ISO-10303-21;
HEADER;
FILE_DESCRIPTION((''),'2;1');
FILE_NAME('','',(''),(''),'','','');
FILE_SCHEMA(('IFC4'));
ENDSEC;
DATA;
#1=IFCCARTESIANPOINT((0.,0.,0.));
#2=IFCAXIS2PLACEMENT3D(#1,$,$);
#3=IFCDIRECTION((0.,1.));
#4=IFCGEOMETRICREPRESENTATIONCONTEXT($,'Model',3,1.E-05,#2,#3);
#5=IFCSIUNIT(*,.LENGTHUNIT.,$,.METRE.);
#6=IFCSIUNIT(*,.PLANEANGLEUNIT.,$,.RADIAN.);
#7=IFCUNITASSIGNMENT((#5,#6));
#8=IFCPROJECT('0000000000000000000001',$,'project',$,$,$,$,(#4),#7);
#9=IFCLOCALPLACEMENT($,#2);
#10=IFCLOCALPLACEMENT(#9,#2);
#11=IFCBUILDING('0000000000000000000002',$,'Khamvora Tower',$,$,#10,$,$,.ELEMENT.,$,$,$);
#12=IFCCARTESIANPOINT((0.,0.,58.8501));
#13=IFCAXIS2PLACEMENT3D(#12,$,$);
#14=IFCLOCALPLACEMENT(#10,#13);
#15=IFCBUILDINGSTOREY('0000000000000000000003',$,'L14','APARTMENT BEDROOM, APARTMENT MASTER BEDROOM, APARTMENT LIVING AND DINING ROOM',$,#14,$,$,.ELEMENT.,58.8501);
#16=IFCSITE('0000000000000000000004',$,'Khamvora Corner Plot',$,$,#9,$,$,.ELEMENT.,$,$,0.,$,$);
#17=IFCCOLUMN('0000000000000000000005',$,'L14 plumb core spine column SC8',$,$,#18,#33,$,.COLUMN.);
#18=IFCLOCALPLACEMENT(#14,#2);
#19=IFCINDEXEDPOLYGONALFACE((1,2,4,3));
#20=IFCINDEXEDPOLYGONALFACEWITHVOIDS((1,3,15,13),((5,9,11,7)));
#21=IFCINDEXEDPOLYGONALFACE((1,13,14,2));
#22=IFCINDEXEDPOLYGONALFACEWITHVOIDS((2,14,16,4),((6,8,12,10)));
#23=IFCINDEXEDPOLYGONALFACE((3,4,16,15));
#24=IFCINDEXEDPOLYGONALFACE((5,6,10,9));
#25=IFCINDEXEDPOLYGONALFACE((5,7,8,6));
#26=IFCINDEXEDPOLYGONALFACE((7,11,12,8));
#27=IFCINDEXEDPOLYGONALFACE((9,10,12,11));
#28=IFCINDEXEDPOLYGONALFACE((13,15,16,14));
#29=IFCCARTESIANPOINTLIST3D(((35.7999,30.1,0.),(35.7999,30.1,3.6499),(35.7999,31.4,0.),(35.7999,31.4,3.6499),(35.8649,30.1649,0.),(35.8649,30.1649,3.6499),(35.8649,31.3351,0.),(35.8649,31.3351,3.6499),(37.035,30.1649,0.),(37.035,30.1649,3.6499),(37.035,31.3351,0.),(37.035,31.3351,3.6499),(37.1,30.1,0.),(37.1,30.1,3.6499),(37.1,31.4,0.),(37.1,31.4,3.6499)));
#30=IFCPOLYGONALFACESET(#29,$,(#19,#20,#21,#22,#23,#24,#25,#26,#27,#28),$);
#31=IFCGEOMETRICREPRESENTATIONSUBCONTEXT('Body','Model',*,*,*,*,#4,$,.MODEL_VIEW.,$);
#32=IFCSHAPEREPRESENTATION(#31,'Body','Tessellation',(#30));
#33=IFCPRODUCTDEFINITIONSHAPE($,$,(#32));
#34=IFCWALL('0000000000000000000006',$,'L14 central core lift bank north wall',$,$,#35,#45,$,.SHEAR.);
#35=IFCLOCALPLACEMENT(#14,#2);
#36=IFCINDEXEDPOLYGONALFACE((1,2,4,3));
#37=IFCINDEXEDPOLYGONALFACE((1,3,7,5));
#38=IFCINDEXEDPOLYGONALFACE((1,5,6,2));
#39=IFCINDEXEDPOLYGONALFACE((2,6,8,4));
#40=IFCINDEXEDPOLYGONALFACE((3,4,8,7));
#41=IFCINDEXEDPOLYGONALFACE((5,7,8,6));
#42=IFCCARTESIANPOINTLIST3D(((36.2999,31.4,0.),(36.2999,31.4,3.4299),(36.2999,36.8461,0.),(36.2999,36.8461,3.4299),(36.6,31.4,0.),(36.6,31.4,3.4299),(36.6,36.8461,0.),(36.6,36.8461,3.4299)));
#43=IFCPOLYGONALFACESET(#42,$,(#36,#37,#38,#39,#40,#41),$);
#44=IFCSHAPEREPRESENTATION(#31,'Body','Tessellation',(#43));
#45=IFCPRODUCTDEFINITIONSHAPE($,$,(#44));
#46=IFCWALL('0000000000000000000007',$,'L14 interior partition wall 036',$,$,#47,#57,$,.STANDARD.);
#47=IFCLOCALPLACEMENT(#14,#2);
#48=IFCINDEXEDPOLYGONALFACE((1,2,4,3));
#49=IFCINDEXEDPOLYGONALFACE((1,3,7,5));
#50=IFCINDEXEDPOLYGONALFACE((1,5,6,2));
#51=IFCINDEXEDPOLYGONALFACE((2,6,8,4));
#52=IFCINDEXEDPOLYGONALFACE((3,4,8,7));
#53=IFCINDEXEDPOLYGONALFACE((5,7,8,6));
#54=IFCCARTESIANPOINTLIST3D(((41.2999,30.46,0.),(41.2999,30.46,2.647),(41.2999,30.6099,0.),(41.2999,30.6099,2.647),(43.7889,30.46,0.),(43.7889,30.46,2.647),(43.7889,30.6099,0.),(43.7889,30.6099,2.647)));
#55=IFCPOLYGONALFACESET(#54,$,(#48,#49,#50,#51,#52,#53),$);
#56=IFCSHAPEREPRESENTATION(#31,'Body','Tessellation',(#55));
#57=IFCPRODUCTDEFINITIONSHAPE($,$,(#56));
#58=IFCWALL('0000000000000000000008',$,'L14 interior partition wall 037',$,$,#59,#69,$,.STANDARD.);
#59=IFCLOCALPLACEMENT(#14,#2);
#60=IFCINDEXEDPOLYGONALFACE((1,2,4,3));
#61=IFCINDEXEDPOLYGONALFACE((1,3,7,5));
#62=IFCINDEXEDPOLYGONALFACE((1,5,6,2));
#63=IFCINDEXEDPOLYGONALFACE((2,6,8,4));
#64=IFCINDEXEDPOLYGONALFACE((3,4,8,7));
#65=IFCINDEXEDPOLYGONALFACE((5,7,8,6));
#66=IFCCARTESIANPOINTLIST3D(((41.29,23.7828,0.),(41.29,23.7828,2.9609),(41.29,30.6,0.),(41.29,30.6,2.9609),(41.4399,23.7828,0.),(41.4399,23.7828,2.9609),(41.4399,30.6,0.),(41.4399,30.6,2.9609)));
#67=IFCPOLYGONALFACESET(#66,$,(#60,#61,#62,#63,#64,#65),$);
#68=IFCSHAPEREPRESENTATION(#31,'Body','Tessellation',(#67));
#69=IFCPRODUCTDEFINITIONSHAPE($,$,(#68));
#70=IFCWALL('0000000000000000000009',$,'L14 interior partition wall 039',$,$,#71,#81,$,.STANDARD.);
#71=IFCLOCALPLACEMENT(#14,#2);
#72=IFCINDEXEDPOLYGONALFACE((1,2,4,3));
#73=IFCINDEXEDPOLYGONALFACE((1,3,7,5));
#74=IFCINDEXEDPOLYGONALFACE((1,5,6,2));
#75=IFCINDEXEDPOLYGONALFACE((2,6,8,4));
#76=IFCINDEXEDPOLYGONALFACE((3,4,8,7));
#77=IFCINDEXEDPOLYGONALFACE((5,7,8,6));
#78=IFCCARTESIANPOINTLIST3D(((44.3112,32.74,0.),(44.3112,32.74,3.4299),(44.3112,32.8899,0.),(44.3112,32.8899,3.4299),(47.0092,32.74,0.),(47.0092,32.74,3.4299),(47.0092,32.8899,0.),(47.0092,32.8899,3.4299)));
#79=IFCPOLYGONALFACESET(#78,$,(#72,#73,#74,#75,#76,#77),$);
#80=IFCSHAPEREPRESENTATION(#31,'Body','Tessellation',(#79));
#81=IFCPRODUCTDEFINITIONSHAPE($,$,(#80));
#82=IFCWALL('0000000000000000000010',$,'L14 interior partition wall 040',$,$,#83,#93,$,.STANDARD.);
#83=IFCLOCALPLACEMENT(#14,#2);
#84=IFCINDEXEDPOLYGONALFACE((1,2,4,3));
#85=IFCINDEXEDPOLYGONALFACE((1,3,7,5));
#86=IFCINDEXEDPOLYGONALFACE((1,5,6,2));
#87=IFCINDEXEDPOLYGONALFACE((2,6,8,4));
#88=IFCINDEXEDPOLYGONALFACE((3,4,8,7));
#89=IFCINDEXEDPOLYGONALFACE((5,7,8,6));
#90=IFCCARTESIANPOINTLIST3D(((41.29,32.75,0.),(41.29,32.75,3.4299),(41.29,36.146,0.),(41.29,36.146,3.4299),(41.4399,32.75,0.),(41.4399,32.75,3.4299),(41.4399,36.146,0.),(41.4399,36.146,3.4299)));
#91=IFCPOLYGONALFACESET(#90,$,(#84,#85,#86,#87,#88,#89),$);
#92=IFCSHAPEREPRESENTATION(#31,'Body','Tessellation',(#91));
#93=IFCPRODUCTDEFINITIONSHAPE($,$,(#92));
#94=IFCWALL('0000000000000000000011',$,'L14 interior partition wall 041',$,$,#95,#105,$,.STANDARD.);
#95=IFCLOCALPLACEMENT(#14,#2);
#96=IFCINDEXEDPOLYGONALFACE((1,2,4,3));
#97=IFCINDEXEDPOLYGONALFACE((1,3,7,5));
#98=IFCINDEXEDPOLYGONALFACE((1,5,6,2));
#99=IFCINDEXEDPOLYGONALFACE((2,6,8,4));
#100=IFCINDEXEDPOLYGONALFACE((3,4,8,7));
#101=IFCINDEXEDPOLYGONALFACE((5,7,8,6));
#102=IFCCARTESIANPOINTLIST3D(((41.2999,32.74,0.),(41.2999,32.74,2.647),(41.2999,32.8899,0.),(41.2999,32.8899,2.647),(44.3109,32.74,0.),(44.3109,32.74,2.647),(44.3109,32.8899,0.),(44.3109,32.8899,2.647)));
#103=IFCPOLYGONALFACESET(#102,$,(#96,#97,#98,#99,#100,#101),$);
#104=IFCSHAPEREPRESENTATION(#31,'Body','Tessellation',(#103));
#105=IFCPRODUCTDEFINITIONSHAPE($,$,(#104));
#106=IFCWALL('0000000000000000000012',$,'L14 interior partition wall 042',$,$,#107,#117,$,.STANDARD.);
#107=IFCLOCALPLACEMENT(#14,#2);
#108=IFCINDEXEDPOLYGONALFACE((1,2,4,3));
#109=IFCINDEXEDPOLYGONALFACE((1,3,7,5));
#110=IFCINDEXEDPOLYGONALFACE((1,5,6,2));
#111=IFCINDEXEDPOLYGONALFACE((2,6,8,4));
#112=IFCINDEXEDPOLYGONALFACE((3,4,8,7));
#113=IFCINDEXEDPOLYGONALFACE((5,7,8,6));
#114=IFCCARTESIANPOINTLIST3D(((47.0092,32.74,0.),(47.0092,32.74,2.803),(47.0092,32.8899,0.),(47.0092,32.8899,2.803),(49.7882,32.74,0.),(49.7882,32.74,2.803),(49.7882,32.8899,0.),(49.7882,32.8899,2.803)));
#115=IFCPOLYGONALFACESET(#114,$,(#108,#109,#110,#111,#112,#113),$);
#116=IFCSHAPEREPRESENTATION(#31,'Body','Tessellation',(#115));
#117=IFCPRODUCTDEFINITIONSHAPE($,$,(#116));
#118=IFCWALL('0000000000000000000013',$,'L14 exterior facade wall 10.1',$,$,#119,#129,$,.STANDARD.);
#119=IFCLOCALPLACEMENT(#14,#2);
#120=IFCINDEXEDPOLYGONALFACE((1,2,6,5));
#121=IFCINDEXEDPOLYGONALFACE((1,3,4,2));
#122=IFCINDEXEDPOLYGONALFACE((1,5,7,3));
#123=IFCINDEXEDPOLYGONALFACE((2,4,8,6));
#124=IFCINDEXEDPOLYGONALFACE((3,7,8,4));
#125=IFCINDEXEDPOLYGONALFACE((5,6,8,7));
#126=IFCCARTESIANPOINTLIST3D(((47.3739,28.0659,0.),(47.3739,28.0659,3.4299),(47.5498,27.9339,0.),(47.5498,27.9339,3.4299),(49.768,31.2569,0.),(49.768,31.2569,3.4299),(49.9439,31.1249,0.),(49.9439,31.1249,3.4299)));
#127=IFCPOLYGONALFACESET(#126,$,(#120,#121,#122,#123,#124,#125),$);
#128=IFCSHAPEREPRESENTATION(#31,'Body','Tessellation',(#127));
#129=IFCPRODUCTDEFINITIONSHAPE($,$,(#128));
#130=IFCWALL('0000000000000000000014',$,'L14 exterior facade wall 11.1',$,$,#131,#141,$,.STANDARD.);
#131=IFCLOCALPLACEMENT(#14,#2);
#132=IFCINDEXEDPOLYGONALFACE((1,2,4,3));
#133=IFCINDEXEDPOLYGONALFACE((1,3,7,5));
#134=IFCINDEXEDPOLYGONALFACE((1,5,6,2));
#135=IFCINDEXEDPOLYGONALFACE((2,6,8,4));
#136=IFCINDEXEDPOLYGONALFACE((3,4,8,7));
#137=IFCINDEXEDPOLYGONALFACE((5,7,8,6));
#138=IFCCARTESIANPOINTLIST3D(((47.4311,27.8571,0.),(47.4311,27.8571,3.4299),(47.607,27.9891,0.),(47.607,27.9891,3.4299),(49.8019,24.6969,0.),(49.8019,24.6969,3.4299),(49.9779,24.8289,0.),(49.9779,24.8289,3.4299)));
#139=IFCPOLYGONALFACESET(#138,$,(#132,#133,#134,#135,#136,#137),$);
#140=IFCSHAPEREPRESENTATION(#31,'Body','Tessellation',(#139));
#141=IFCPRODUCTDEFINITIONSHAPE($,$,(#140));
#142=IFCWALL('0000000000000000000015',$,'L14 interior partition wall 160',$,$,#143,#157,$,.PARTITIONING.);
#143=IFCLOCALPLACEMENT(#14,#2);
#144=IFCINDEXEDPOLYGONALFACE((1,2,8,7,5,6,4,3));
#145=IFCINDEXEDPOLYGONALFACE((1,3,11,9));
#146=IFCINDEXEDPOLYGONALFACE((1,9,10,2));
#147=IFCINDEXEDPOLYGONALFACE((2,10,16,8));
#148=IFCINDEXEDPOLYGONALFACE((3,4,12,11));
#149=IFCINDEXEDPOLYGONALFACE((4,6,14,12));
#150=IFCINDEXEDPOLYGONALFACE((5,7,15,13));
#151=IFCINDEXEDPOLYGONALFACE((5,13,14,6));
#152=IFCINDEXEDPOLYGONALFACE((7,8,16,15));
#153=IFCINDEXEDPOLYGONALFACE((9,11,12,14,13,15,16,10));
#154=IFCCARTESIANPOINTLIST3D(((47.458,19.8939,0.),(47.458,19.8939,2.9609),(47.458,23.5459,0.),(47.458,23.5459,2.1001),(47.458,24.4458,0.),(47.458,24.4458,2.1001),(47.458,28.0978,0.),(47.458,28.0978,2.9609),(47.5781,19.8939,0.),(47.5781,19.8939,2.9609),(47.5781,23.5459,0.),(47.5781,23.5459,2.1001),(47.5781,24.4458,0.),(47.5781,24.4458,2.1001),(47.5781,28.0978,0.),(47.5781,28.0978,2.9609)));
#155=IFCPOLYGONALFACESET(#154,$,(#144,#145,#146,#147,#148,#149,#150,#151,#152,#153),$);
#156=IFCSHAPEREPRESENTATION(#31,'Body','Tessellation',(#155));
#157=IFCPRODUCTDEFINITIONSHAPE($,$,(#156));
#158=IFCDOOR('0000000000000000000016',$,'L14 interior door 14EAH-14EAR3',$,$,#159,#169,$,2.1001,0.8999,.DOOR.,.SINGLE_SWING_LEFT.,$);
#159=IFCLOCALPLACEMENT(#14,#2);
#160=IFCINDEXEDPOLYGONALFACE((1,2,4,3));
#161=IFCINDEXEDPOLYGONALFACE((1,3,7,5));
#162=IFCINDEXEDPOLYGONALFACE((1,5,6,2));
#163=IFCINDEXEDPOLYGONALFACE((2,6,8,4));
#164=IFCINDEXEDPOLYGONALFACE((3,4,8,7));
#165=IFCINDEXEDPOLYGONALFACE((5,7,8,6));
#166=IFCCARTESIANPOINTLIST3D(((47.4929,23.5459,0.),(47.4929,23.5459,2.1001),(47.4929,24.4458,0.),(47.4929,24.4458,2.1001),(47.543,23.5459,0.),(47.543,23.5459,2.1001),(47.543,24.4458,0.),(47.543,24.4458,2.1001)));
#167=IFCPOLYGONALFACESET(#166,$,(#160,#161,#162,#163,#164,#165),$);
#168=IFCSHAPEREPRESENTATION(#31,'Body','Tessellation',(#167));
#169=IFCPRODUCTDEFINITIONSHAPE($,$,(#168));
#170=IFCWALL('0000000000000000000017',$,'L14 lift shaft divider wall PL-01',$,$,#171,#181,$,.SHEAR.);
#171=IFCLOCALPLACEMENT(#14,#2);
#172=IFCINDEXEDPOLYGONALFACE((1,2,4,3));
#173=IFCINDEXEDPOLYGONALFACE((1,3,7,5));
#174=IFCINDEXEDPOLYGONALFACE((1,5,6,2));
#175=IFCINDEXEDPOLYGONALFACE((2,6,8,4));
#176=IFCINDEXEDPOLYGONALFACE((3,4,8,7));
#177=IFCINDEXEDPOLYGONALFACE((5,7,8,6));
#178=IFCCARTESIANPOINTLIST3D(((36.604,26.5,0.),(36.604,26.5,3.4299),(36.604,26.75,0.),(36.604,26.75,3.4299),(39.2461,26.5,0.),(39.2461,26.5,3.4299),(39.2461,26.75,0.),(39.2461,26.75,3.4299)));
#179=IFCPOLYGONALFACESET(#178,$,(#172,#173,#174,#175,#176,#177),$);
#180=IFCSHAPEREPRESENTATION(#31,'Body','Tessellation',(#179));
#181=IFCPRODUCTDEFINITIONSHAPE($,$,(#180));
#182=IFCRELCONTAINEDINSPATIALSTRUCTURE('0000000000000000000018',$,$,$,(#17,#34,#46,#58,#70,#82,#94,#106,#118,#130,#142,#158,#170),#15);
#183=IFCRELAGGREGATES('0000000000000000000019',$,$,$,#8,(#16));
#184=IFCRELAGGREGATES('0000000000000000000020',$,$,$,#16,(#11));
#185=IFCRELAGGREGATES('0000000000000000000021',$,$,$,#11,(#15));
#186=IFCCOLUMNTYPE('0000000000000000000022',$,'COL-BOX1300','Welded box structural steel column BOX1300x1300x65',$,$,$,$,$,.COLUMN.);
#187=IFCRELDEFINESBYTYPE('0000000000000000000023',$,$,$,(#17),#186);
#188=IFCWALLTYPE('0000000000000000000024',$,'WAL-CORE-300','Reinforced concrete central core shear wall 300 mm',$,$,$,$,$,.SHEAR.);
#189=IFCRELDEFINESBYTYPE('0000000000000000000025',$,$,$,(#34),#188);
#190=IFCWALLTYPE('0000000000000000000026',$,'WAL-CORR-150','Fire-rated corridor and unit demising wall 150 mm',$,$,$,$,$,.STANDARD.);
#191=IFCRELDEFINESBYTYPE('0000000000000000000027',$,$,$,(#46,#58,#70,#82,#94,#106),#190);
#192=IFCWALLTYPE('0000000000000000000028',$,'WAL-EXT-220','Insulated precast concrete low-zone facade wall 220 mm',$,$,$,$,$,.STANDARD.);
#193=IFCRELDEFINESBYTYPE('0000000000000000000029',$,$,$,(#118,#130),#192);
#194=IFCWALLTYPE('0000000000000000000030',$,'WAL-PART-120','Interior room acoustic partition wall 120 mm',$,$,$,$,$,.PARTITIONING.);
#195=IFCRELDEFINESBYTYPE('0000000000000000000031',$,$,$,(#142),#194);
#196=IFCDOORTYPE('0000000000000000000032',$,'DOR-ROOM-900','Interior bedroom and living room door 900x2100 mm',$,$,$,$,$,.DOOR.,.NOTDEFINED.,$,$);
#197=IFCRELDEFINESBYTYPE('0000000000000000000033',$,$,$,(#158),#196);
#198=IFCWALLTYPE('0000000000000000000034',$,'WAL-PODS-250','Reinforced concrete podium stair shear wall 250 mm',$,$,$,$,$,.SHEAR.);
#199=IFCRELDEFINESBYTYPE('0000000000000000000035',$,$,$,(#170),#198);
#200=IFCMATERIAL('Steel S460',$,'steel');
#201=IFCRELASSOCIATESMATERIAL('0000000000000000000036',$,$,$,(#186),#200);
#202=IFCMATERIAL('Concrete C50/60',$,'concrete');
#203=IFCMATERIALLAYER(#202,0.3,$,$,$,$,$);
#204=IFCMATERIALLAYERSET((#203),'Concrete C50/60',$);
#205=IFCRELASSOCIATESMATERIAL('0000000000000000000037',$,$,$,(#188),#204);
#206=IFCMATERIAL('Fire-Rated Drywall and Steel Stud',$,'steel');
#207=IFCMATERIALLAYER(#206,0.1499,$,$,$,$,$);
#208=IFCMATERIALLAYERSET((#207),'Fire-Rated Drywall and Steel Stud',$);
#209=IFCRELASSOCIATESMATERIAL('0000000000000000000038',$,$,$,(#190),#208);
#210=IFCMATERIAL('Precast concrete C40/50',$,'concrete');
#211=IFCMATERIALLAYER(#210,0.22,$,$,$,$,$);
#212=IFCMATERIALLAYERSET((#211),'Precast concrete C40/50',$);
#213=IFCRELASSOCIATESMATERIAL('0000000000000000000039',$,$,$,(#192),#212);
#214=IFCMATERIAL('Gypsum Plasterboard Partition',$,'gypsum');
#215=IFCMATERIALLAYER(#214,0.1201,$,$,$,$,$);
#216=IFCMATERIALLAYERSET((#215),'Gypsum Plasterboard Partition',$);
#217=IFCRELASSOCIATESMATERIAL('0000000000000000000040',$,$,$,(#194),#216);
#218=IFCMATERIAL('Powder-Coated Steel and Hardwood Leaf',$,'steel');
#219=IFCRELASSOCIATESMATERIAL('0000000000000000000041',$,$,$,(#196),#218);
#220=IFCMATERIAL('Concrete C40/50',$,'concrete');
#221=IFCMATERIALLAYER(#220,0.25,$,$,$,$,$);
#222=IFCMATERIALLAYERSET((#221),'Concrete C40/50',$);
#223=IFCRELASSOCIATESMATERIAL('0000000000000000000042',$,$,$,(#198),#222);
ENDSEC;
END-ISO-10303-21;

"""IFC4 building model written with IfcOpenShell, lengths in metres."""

from ifc_helpers import new_model, si_unit, direction, frame, frame_2d, origin, origin_2d, place, context, subcontext, project, spatial, rectangle, hollow_rectangle, extrude, material, layer, layer_set, material_profile, profile_set, type_object, element, fill, save


model = new_model("IFC4")

# Units and contexts
model_context = context("Model", 3, precision=1e-05, world=origin(), true_north=direction((0.0, 1.0)))
body_context = subcontext(model_context, "Body", "Model", "MODEL_VIEW")
ifc_project = project(units=[si_unit("LENGTHUNIT", "METRE"), si_unit("PLANEANGLEUNIT", "RADIAN")], contexts=[model_context])

# Site, building, storey
site_placement = place(None, origin())
site = spatial("IfcSite", under=ifc_project, at=site_placement, Name="Khamvora Corner Plot", CompositionType="ELEMENT", RefElevation=0.0)
building_placement = place(site_placement, origin())
building = spatial("IfcBuilding", under=site, at=building_placement, Name="Khamvora Tower", CompositionType="ELEMENT")
storey_placement = place(building_placement, frame((0.0, 0.0, 58.8501)))
storey = spatial("IfcBuildingStorey", under=building, at=storey_placement, Name="L14", Description="APARTMENT BEDROOM, APARTMENT MASTER BEDROOM, APARTMENT LIVING AND DINING ROOM", CompositionType="ELEMENT", Elevation=58.8501)

# Column
ifc_material_1 = material(Name="Steel S460", Category="steel")
ifc_material_profile = material_profile(ifc_material_1, hollow_rectangle(XDim=1.3, YDim=1.3, WallThickness=0.0649, at=origin_2d()), Name="BOX1300x1300x65")
ifc_profile_set = profile_set([ifc_material_profile], Name="Steel S460")
column_type = type_object("IfcColumnType", Name="COL-BOX1300", Description="Welded box structural steel column BOX1300x1300x65", PredefinedType="COLUMN", material=ifc_profile_set)
column_placement = place(storey_placement, frame((36.45, 30.75, 0.0), z_axis=(0.0, 0.0, 1.0), x_axis=(1.0, 0.0, 0.0)))
element("IfcColumn", 1, at=column_placement, inside=storey, type_object=column_type, Name="L14 plumb core spine column SC8", PredefinedType="COLUMN", context=body_context, shape_type="SweptSolid", body=[
    extrude(hollow_rectangle(XDim=1.3, YDim=1.3, WallThickness=0.0649, at=origin_2d()), origin(), (0.0, 0.0, 1.0), 3.6499),
])

# Shared definitions
ifc_material_2 = material(Name="Concrete C50/60", Category="concrete")
ifc_layer_1 = layer(ifc_material_2, 0.3)
ifc_layer_set_1 = layer_set([ifc_layer_1], Name="Concrete C50/60")
wall_type_1 = type_object("IfcWallType", Name="WAL-CORE-300", Description="Reinforced concrete central core shear wall 300 mm", PredefinedType="SHEAR", material=ifc_layer_set_1)
ifc_material_3 = material(Name="Powder-Coated Steel and Hardwood Leaf", Category="steel")

# Wall
wall_1_placement = place(storey_placement, frame((36.45, 31.3999, 0.0), z_axis=(0.0, 0.0, 1.0), x_axis=(0.0, 1.0, 0.0)))
element("IfcWall", 2, at=wall_1_placement, inside=storey, type_object=wall_type_1, Name="L14 central core lift bank north wall", PredefinedType="SHEAR", context=body_context, shape_type="SweptSolid", body=[
    extrude(rectangle(XDim=5.446, YDim=0.3, at=frame_2d((2.7231, 0.0))), origin(), (0.0, 0.0, 1.0), 3.4299),
])

# Shared definitions
ifc_material_4 = material(Name="Fire-Rated Drywall and Steel Stud", Category="steel")
ifc_layer_2 = layer(ifc_material_4, 0.1499)
ifc_layer_set_2 = layer_set([ifc_layer_2], Name="Fire-Rated Drywall and Steel Stud")
wall_type_2 = type_object("IfcWallType", Name="WAL-CORR-150", Description="Fire-rated corridor and unit demising wall 150 mm", PredefinedType="STANDARD", material=ifc_layer_set_2)

# Walls
wall_2_placement = place(storey_placement, frame((43.7891, 30.5349, 0.0), z_axis=(0.0, 0.0, 1.0), x_axis=(-1.0, 0.0, 0.0)))
element("IfcWall", 3, at=wall_2_placement, inside=storey, type_object=wall_type_2, Name="L14 interior partition wall 036", PredefinedType="STANDARD", context=body_context, shape_type="SweptSolid", body=[
    extrude(rectangle(XDim=2.489, YDim=0.1499, at=frame_2d((1.2446, 0.0))), origin(), (0.0, 0.0, 1.0), 2.647),
])
wall_3_placement = place(storey_placement, frame((41.365, 30.6001, 0.0), z_axis=(0.0, 0.0, 1.0), x_axis=(0.0, -1.0, 0.0)))
element("IfcWall", 4, at=wall_3_placement, inside=storey, type_object=wall_type_2, Name="L14 interior partition wall 037", PredefinedType="STANDARD", context=body_context, shape_type="SweptSolid", body=[
    extrude(rectangle(XDim=6.8171, YDim=0.1499, at=frame_2d((3.4087, 0.0))), origin(), (0.0, 0.0, 1.0), 2.9609),
])
wall_4_placement = place(storey_placement, frame((44.311, 32.8149, 0.0), z_axis=(0.0, 0.0, 1.0), x_axis=(1.0, 0.0, 0.0)))
element("IfcWall", 5, at=wall_4_placement, inside=storey, type_object=wall_type_2, Name="L14 interior partition wall 039", PredefinedType="STANDARD", context=body_context, shape_type="SweptSolid", body=[
    extrude(rectangle(XDim=2.698, YDim=0.1499, at=frame_2d((1.3491, 0.0))), origin(), (0.0, 0.0, 1.0), 3.4299),
])
wall_5_placement = place(storey_placement, frame((41.365, 36.146, 0.0), z_axis=(0.0, 0.0, 1.0), x_axis=(0.0, -1.0, 0.0)))
element("IfcWall", 6, at=wall_5_placement, inside=storey, type_object=wall_type_2, Name="L14 interior partition wall 040", PredefinedType="STANDARD", context=body_context, shape_type="SweptSolid", body=[
    extrude(rectangle(XDim=3.396, YDim=0.1499, at=frame_2d((1.698, 0.0))), origin(), (0.0, 0.0, 1.0), 3.4299),
])
wall_6_placement = place(storey_placement, frame((41.3, 32.8149, 0.0), z_axis=(0.0, 0.0, 1.0), x_axis=(1.0, 0.0, 0.0)))
element("IfcWall", 7, at=wall_6_placement, inside=storey, type_object=wall_type_2, Name="L14 interior partition wall 041", PredefinedType="STANDARD", context=body_context, shape_type="SweptSolid", body=[
    extrude(rectangle(XDim=3.011, YDim=0.1499, at=frame_2d((1.5054, 0.0))), origin(), (0.0, 0.0, 1.0), 2.647),
])
wall_7_placement = place(storey_placement, frame((47.009, 32.8149, 0.0), z_axis=(0.0, 0.0, 1.0), x_axis=(1.0, 0.0, 0.0)))
element("IfcWall", 8, at=wall_7_placement, inside=storey, type_object=wall_type_2, Name="L14 interior partition wall 042", PredefinedType="STANDARD", context=body_context, shape_type="SweptSolid", body=[
    extrude(rectangle(XDim=2.7791, YDim=0.1499, at=frame_2d((1.3896, 0.0))), origin(), (0.0, 0.0, 1.0), 2.803),
])
ifc_material_5 = material(Name="Precast concrete C40/50", Category="concrete")
ifc_layer_3 = layer(ifc_material_5, 0.22)
ifc_layer_set_3 = layer_set([ifc_layer_3], Name="Precast concrete C40/50")
wall_type_3 = type_object("IfcWallType", Name="WAL-EXT-220", Description="Insulated precast concrete low-zone facade wall 220 mm", PredefinedType="STANDARD", material=ifc_layer_set_3)
wall_8_placement = place(storey_placement, frame((49.856, 31.1909, 0.0), z_axis=(0.0, 0.0, 1.0), x_axis=(-0.600137, -0.799897, 0.0)))
element("IfcWall", 9, at=wall_8_placement, inside=storey, type_object=wall_type_3, Name="L14 exterior facade wall 10.1", PredefinedType="STANDARD", context=body_context, shape_type="SweptSolid", body=[
    extrude(rectangle(XDim=3.9893, YDim=0.22, at=frame_2d((1.9946, 0.0))), origin(), (0.0, 0.0, 1.0), 3.4299),
])
wall_9_placement = place(storey_placement, frame((47.519, 27.9231, 0.0), z_axis=(0.0, 0.0, 1.0), x_axis=(0.600119, -0.799911, 0.0)))
element("IfcWall", 10, at=wall_9_placement, inside=storey, type_object=wall_type_3, Name="L14 exterior facade wall 11.1", PredefinedType="STANDARD", context=body_context, shape_type="SweptSolid", body=[
    extrude(rectangle(XDim=3.9507, YDim=0.22, at=frame_2d((1.9753, 0.0))), origin(), (0.0, 0.0, 1.0), 3.4299),
])

# Wall, opening, door
ifc_material_6 = material(Name="Gypsum Plasterboard Partition", Category="gypsum")
ifc_layer_4 = layer(ifc_material_6, 0.1201)
ifc_layer_set_4 = layer_set([ifc_layer_4], Name="Gypsum Plasterboard Partition")
wall_type_4 = type_object("IfcWallType", Name="WAL-PART-120", Description="Interior room acoustic partition wall 120 mm", PredefinedType="PARTITIONING", material=ifc_layer_set_4)
wall_10_placement = place(storey_placement, frame((47.5181, 28.0979, 0.0), z_axis=(0.0, 0.0, 1.0), x_axis=(0.0, -1.0, 0.0)))
wall_10 = element("IfcWall", 11, at=wall_10_placement, inside=storey, type_object=wall_type_4, Name="L14 interior partition wall 160", PredefinedType="PARTITIONING", context=body_context, shape_type="SweptSolid", body=[
    extrude(rectangle(XDim=8.2039, YDim=0.1201, at=frame_2d((4.1021, 0.0))), origin(), (0.0, 0.0, 1.0), 2.9609),
])
opening_1_placement = place(wall_10_placement, frame((3.6521, 0.0, 0.0)))
opening_1 = element("IfcOpeningElement", 12, at=opening_1_placement, cuts=wall_10, PredefinedType="OPENING", context=body_context, shape_type="SweptSolid", body=[
    extrude(rectangle(XDim=0.8999, YDim=2.1001, at=frame_2d((0.45, 1.05))), frame((0.0, 0.0701, 0.0), z_axis=(0.0, -1.0, 0.0), x_axis=(1.0, 0.0, 0.0)), (0.0, 0.0, 1.0), 0.1401),
])
door_type_1 = type_object("IfcDoorType", Name="DOR-ROOM-900", Description="Interior bedroom and living room door 900x2100 mm", OperationType="NOTDEFINED", PredefinedType="DOOR", material=ifc_material_3)
door_1_placement = place(opening_1_placement, origin())
door_1 = element("IfcDoor", 13, at=door_1_placement, inside=storey, type_object=door_type_1, Name="L14 interior door 14EAH-14EAR3", OperationType="SINGLE_SWING_LEFT", OverallHeight=2.1001, OverallWidth=0.8999, PredefinedType="DOOR", context=body_context, shape_type="SweptSolid", body=[
    extrude(rectangle(XDim=0.8999, YDim=2.1001, at=frame_2d((0.45, 1.05))), frame((0.0, 0.0249, 0.0), z_axis=(0.0, -1.0, 0.0), x_axis=(1.0, 0.0, 0.0)), (0.0, 0.0, 1.0), 0.05),
])
fill(opening_1, door_1)

# Wall
ifc_material_7 = material(Name="Concrete C40/50", Category="concrete")
ifc_layer_5 = layer(ifc_material_7, 0.25)
ifc_layer_set_5 = layer_set([ifc_layer_5], Name="Concrete C40/50")
wall_type_5 = type_object("IfcWallType", Name="WAL-PODS-250", Description="Reinforced concrete podium stair shear wall 250 mm", PredefinedType="SHEAR", material=ifc_layer_set_5)
for number, where, z_axis, x_axis, name in (
    (14, (36.604, 26.625, 0.0), (0.0, 0.0, 1.0), (1.0, 0.0, 0.0), "L14 lift shaft divider wall PL-01"),
):
    element("IfcWall", number, at=place(storey_placement, frame(where, z_axis=z_axis, x_axis=x_axis)), inside=storey, type_object=wall_type_5, Name=name, PredefinedType="SHEAR", context=body_context, shape_type="SweptSolid", body=[
        extrude(rectangle(XDim=2.6421, YDim=0.25, at=frame_2d((1.321, 0.0))), origin(), (0.0, 0.0, 1.0), 3.4299),
    ])

save(model, "model.ifc")
